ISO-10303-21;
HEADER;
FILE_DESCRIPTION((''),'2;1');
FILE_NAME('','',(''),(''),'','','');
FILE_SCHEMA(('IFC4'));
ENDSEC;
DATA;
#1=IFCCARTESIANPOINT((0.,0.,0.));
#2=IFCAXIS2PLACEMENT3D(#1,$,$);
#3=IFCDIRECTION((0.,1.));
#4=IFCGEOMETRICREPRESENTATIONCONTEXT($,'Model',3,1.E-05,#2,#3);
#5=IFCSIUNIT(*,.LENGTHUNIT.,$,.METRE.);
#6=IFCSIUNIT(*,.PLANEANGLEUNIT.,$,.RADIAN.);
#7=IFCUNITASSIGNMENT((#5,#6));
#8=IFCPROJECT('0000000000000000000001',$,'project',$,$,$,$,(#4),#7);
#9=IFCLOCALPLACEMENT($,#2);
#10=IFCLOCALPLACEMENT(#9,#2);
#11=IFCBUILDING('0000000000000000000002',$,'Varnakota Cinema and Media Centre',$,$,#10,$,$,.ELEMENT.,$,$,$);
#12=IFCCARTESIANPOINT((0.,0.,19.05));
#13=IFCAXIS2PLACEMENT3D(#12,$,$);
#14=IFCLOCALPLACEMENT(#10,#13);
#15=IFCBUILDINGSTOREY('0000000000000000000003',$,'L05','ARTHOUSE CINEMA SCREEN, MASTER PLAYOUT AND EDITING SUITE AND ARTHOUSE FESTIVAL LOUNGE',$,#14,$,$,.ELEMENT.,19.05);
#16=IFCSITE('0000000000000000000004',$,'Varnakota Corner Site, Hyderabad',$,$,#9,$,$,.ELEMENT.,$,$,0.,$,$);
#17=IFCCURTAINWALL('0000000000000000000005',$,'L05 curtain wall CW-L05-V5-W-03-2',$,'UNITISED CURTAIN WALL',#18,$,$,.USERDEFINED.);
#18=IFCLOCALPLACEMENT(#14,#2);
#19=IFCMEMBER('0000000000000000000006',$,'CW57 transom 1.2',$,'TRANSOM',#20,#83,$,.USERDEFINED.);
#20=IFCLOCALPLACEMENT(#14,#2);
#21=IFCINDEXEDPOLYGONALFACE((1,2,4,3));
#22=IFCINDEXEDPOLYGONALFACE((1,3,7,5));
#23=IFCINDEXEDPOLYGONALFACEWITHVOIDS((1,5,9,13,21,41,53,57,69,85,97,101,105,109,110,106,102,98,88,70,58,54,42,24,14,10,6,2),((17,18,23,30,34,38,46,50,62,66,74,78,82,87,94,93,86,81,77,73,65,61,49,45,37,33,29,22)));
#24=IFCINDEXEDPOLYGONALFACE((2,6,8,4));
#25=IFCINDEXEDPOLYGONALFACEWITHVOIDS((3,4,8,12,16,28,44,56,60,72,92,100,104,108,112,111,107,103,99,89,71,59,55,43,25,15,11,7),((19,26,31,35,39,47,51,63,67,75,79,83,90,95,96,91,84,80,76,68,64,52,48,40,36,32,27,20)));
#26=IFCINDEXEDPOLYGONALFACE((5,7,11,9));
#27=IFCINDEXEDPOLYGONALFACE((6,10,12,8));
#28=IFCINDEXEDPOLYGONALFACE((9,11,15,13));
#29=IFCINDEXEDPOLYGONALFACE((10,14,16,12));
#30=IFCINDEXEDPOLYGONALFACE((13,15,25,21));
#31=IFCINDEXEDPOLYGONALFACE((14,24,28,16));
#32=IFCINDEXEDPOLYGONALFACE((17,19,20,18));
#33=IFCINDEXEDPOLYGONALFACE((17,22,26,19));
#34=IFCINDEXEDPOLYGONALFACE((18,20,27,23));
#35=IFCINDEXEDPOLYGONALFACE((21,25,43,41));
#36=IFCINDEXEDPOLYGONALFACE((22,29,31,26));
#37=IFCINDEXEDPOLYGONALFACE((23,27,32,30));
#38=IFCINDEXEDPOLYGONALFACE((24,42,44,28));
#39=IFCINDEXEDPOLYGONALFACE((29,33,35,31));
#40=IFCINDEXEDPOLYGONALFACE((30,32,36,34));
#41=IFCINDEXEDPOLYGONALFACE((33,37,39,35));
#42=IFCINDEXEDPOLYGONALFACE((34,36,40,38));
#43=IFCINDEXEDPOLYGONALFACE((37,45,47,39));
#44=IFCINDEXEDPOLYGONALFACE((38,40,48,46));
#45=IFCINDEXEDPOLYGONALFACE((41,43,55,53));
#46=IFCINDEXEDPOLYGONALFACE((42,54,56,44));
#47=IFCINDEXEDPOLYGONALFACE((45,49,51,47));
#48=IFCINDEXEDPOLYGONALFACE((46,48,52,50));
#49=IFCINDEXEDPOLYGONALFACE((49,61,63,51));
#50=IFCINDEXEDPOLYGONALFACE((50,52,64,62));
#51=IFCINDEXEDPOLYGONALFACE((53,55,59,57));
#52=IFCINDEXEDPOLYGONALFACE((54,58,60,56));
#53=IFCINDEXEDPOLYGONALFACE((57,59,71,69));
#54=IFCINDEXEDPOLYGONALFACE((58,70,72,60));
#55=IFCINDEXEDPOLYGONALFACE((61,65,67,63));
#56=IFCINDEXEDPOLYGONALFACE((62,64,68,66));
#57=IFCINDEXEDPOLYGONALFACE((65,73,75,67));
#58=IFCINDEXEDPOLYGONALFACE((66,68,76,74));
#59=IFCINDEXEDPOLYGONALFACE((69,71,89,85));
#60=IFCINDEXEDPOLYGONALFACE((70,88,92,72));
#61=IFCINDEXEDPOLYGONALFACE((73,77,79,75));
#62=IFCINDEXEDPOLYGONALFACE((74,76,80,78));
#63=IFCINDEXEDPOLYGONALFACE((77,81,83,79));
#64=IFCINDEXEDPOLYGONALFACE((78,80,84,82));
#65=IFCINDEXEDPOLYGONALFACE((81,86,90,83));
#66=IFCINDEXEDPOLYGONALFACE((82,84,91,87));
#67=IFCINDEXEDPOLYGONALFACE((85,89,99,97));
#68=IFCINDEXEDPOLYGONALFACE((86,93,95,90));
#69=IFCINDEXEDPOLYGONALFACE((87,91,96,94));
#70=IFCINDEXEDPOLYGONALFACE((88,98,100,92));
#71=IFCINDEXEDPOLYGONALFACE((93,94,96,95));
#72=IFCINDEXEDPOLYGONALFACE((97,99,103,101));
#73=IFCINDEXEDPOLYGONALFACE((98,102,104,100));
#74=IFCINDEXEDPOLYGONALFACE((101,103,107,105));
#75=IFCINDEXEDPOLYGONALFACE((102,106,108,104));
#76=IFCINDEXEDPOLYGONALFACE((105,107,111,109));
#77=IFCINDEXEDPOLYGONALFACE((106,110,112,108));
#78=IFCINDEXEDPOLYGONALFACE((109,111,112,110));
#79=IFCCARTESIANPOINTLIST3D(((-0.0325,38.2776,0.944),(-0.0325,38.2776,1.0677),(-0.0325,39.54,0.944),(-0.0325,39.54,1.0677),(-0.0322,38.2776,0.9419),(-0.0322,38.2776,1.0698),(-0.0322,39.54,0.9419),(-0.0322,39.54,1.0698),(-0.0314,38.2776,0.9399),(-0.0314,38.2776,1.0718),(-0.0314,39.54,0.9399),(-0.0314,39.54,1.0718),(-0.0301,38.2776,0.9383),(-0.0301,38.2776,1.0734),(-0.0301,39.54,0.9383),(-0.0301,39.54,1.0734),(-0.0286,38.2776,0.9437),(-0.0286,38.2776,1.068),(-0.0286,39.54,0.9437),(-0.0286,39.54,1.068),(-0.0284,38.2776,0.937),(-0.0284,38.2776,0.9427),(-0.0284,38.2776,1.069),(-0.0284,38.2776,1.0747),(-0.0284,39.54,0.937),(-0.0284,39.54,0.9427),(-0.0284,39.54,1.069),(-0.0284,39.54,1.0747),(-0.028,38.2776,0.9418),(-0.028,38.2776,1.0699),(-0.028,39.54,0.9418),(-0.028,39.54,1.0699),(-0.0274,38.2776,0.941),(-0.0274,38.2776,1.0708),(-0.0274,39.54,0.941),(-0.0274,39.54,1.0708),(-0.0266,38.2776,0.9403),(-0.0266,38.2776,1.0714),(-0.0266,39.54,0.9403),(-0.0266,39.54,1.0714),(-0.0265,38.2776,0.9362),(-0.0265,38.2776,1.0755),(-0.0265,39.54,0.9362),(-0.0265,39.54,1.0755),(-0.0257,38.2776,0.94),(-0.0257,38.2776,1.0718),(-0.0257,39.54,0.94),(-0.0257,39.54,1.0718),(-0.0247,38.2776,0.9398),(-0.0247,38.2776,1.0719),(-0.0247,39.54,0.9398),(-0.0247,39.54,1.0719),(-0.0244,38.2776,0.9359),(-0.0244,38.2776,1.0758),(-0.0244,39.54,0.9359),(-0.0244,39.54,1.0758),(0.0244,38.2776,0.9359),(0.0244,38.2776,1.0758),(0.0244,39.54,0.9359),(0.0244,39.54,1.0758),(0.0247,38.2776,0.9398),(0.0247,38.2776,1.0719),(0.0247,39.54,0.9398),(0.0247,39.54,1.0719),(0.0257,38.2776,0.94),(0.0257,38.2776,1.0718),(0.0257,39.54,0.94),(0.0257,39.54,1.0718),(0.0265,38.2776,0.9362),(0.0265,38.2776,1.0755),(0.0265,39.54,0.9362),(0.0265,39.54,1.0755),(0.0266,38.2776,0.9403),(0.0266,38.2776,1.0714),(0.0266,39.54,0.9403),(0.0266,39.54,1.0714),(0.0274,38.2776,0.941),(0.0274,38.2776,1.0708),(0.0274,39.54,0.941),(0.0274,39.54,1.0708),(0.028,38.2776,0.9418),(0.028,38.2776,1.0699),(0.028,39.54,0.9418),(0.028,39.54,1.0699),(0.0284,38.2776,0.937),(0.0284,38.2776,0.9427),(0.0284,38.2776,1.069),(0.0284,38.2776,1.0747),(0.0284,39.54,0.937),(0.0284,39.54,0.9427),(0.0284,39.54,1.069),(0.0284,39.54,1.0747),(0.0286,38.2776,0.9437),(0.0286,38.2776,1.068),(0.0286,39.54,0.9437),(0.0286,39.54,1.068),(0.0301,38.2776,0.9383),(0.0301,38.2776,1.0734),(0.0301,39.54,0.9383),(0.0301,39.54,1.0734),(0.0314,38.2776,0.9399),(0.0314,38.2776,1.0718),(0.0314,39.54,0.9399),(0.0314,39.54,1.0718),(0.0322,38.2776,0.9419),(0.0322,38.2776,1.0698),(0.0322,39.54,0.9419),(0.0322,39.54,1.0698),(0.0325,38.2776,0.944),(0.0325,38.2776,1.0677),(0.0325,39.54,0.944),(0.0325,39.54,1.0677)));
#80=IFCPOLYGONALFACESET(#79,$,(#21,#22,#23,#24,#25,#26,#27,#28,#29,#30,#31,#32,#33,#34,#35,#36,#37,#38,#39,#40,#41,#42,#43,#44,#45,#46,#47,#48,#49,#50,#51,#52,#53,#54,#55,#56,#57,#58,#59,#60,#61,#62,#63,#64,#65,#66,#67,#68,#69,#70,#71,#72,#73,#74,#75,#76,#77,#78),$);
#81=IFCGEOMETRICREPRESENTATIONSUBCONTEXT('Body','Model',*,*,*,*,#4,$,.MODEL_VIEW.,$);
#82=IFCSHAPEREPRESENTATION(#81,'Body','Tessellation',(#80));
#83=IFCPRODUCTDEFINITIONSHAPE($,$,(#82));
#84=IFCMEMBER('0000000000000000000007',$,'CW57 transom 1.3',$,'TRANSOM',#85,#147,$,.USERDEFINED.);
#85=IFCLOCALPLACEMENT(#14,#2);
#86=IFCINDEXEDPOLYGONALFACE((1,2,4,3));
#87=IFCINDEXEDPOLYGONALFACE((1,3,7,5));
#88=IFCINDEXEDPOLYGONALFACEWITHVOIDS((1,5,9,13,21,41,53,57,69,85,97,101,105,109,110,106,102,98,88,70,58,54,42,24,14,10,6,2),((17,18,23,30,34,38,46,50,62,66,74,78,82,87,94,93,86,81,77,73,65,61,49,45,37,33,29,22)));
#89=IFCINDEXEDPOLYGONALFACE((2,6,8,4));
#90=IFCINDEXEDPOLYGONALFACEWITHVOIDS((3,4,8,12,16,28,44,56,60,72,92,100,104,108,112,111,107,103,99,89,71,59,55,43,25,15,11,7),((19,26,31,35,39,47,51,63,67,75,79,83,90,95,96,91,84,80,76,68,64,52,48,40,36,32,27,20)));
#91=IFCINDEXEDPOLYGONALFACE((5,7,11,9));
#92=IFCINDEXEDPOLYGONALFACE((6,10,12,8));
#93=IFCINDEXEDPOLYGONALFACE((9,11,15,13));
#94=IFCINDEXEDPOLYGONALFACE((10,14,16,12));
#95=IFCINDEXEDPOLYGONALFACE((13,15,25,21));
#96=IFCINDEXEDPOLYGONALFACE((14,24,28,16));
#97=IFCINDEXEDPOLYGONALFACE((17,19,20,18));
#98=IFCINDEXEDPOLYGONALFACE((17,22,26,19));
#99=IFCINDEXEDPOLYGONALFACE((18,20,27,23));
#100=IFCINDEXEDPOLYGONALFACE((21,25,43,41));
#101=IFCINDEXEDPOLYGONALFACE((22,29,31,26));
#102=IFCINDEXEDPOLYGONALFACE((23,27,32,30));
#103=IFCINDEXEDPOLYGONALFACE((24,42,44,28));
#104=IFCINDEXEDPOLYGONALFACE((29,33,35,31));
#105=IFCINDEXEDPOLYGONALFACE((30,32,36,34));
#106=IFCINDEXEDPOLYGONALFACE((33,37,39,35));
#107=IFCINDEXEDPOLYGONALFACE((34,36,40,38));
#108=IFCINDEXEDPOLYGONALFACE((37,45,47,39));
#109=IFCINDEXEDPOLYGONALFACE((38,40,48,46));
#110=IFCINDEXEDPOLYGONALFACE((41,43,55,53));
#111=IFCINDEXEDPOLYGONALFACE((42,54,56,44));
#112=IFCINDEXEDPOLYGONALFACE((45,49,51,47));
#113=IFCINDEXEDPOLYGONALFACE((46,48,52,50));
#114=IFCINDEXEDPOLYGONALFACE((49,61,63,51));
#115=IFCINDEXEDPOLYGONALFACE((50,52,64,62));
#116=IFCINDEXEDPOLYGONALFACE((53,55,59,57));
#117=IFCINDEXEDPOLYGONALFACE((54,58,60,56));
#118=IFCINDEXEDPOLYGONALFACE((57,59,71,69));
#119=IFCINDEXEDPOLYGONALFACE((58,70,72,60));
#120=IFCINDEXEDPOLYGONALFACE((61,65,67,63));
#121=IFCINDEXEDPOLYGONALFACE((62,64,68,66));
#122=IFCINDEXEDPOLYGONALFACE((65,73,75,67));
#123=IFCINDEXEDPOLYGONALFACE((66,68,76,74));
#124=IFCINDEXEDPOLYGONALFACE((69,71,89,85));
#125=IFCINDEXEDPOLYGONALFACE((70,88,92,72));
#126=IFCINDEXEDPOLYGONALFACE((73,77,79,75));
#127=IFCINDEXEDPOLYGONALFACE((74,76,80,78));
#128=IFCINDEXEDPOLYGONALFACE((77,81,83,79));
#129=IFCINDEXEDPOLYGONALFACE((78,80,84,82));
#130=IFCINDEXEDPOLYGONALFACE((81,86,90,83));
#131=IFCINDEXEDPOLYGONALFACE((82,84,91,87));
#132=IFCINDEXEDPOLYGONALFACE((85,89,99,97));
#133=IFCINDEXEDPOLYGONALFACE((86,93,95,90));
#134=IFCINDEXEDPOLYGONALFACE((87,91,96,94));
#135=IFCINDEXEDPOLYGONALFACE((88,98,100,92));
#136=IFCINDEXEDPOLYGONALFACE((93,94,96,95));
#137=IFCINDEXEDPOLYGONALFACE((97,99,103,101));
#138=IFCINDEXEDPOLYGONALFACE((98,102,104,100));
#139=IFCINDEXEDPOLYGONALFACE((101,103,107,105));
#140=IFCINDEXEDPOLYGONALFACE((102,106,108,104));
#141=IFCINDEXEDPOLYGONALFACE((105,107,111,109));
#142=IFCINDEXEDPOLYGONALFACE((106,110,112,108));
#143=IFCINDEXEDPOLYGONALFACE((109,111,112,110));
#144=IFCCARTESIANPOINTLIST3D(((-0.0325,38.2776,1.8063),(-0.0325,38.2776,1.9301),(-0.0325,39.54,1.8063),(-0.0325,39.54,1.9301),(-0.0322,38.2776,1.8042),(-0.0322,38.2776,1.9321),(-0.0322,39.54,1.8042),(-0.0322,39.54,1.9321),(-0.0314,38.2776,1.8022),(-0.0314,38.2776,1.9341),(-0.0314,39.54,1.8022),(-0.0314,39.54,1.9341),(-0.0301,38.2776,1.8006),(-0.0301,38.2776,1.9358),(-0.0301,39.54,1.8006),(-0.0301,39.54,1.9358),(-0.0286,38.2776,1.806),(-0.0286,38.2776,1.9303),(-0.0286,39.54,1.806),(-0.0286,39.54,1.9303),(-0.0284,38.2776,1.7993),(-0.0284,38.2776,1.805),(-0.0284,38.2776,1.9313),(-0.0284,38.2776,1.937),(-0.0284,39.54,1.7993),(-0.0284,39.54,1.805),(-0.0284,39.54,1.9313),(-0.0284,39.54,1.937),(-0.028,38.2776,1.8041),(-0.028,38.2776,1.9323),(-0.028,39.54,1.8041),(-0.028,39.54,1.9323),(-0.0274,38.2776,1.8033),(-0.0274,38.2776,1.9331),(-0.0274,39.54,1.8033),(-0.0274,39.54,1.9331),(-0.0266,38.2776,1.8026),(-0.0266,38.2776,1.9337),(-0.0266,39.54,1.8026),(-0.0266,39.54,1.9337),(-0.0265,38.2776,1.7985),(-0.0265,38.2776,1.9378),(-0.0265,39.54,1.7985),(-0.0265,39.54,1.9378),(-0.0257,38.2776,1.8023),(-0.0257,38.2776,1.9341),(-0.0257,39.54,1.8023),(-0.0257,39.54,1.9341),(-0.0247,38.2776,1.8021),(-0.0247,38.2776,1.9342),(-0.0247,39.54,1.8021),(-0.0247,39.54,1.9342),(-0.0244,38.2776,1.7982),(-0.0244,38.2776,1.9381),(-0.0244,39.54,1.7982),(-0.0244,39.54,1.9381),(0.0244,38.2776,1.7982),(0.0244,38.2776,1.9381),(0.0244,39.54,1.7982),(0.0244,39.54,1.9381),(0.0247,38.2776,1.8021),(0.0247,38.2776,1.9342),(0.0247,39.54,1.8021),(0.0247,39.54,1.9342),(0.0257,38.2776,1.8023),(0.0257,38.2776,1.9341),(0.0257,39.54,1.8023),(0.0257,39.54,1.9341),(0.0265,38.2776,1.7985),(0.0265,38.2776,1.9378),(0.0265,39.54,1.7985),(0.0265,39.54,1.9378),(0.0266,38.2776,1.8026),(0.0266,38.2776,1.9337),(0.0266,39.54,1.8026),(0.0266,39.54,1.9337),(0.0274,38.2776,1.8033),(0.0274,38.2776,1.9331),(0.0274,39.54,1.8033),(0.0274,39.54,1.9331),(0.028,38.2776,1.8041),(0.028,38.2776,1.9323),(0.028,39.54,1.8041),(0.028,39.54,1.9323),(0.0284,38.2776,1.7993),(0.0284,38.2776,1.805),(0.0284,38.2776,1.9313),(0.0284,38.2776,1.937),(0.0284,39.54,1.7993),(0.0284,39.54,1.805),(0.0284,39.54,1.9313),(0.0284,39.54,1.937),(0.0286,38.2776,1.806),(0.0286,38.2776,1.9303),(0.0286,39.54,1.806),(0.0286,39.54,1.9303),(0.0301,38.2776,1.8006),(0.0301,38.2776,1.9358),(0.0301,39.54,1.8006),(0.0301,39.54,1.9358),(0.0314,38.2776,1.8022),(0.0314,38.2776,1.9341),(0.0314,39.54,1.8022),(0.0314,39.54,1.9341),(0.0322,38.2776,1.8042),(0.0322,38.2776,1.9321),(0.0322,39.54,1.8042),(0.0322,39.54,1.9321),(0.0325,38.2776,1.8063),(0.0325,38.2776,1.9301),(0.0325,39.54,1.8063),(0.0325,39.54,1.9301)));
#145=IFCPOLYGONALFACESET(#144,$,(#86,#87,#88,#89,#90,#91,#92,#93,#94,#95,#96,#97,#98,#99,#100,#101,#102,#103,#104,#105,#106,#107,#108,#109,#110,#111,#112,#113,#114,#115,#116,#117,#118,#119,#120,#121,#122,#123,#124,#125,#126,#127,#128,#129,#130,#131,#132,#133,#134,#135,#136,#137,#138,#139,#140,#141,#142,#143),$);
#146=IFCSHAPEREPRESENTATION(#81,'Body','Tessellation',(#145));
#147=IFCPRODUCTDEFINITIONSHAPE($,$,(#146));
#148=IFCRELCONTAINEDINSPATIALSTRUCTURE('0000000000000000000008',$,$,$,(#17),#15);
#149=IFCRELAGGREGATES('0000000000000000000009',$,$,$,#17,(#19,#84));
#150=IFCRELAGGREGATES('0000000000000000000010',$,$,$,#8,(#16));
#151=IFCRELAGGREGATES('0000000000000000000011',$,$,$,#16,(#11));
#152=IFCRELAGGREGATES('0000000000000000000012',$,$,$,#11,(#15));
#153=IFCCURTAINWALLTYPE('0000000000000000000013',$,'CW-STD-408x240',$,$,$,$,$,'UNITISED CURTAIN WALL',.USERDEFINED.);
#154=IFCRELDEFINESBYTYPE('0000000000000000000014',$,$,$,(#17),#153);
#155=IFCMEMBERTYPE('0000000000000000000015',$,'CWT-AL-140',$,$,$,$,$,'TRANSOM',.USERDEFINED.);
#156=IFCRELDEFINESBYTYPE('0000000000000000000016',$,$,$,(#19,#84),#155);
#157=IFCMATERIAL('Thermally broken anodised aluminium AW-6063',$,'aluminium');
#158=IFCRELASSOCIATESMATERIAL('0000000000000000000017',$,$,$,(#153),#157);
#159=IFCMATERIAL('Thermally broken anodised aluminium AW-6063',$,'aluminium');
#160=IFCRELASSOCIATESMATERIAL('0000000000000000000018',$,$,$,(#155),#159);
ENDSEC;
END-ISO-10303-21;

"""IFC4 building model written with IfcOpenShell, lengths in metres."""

from ifc_helpers import new_model, si_unit, direction, frame, origin, origin_2d, place, context, subcontext, project, spatial, hollow_rectangle, extrude, material, material_profile, profile_set, type_object, element, aggregate, save


model = new_model("IFC4")

# Units and contexts
model_context = context("Model", 3, precision=1e-05, world=origin(), true_north=direction((0.0, 1.0)))
body_context = subcontext(model_context, "Body", "Model", "MODEL_VIEW")
ifc_project = project(units=[si_unit("LENGTHUNIT", "METRE"), si_unit("PLANEANGLEUNIT", "RADIAN")], contexts=[model_context])

# Site, building, storey
site_placement = place(None, origin())
site = spatial("IfcSite", under=ifc_project, at=site_placement, Name="Varnakota Corner Site, Hyderabad", CompositionType="ELEMENT", RefElevation=0.0)
building_placement = place(site_placement, origin())
building = spatial("IfcBuilding", under=site, at=building_placement, Name="Varnakota Cinema and Media Centre", CompositionType="ELEMENT")
storey_placement = place(building_placement, frame((0.0, 0.0, 19.05)))
storey = spatial("IfcBuildingStorey", under=building, at=storey_placement, Name="L05", Description="ARTHOUSE CINEMA SCREEN, MASTER PLAYOUT AND EDITING SUITE AND ARTHOUSE FESTIVAL LOUNGE", CompositionType="ELEMENT", Elevation=19.05)

# Shared definitions
ifc_material_1 = material(Name="Thermally broken anodised aluminium AW-6063", Category="aluminium")
curtain_wall_type = type_object("IfcCurtainWallType", Name="CW-STD-408x240", ElementType="UNITISED CURTAIN WALL", PredefinedType="USERDEFINED", material=ifc_material_1)

# Curtain wall
curtain_wall_1_placement = place(storey_placement, origin())
curtain_wall_1 = element("IfcCurtainWall", 1, at=curtain_wall_1_placement, inside=storey, type_object=curtain_wall_type, Name="L05 curtain wall CW-L05-V5-W-03-2", ObjectType="UNITISED CURTAIN WALL", PredefinedType="USERDEFINED")

# Members
ifc_material_2 = material(Name="Thermally broken anodised aluminium AW-6063", Category="aluminium")
ifc_material_profile_1 = material_profile(ifc_material_2, hollow_rectangle(XDim=0.0649, YDim=0.1399, WallThickness=0.0039, InnerFilletRadius=0.0039, OuterFilletRadius=0.0081, at=origin_2d()), Name="AL-TRANSOM 140x65x4")
ifc_profile_set_1 = profile_set([ifc_material_profile_1], Name="Thermally broken anodised aluminium AW-6063")
member_type_1 = type_object("IfcMemberType", Name="CWT-AL-140", ElementType="TRANSOM", PredefinedType="USERDEFINED", material=ifc_profile_set_1)
member_1_placement = place(storey_placement, frame((0.0, 39.54, 1.0059), z_axis=(0.0, -1.0, 0.0), x_axis=(1.0, 0.0, 0.0)))
member_1 = element("IfcMember", 2, at=member_1_placement, type_object=member_type_1, Name="CW57 transom 1.2", ObjectType="TRANSOM", PredefinedType="USERDEFINED", context=body_context, shape_type="SweptSolid", body=[
    extrude(hollow_rectangle(XDim=0.0649, YDim=0.1399, WallThickness=0.0039, InnerFilletRadius=0.0039, OuterFilletRadius=0.0081, at=origin_2d()), origin(), (0.0, 0.0, 1.0), 1.2625),
])
member_2_placement = place(storey_placement, frame((0.0, 39.54, 1.8682), z_axis=(0.0, -1.0, 0.0), x_axis=(1.0, 0.0, 0.0)))
member_2 = element("IfcMember", 3, at=member_2_placement, type_object=member_type_1, Name="CW57 transom 1.3", ObjectType="TRANSOM", PredefinedType="USERDEFINED", context=body_context, shape_type="SweptSolid", body=[
    extrude(hollow_rectangle(XDim=0.0649, YDim=0.1399, WallThickness=0.0039, InnerFilletRadius=0.0039, OuterFilletRadius=0.0081, at=origin_2d()), origin(), (0.0, 0.0, 1.0), 1.2625),
])

aggregate(curtain_wall_1, [member_1, member_2])

save(model, "model.ifc")
